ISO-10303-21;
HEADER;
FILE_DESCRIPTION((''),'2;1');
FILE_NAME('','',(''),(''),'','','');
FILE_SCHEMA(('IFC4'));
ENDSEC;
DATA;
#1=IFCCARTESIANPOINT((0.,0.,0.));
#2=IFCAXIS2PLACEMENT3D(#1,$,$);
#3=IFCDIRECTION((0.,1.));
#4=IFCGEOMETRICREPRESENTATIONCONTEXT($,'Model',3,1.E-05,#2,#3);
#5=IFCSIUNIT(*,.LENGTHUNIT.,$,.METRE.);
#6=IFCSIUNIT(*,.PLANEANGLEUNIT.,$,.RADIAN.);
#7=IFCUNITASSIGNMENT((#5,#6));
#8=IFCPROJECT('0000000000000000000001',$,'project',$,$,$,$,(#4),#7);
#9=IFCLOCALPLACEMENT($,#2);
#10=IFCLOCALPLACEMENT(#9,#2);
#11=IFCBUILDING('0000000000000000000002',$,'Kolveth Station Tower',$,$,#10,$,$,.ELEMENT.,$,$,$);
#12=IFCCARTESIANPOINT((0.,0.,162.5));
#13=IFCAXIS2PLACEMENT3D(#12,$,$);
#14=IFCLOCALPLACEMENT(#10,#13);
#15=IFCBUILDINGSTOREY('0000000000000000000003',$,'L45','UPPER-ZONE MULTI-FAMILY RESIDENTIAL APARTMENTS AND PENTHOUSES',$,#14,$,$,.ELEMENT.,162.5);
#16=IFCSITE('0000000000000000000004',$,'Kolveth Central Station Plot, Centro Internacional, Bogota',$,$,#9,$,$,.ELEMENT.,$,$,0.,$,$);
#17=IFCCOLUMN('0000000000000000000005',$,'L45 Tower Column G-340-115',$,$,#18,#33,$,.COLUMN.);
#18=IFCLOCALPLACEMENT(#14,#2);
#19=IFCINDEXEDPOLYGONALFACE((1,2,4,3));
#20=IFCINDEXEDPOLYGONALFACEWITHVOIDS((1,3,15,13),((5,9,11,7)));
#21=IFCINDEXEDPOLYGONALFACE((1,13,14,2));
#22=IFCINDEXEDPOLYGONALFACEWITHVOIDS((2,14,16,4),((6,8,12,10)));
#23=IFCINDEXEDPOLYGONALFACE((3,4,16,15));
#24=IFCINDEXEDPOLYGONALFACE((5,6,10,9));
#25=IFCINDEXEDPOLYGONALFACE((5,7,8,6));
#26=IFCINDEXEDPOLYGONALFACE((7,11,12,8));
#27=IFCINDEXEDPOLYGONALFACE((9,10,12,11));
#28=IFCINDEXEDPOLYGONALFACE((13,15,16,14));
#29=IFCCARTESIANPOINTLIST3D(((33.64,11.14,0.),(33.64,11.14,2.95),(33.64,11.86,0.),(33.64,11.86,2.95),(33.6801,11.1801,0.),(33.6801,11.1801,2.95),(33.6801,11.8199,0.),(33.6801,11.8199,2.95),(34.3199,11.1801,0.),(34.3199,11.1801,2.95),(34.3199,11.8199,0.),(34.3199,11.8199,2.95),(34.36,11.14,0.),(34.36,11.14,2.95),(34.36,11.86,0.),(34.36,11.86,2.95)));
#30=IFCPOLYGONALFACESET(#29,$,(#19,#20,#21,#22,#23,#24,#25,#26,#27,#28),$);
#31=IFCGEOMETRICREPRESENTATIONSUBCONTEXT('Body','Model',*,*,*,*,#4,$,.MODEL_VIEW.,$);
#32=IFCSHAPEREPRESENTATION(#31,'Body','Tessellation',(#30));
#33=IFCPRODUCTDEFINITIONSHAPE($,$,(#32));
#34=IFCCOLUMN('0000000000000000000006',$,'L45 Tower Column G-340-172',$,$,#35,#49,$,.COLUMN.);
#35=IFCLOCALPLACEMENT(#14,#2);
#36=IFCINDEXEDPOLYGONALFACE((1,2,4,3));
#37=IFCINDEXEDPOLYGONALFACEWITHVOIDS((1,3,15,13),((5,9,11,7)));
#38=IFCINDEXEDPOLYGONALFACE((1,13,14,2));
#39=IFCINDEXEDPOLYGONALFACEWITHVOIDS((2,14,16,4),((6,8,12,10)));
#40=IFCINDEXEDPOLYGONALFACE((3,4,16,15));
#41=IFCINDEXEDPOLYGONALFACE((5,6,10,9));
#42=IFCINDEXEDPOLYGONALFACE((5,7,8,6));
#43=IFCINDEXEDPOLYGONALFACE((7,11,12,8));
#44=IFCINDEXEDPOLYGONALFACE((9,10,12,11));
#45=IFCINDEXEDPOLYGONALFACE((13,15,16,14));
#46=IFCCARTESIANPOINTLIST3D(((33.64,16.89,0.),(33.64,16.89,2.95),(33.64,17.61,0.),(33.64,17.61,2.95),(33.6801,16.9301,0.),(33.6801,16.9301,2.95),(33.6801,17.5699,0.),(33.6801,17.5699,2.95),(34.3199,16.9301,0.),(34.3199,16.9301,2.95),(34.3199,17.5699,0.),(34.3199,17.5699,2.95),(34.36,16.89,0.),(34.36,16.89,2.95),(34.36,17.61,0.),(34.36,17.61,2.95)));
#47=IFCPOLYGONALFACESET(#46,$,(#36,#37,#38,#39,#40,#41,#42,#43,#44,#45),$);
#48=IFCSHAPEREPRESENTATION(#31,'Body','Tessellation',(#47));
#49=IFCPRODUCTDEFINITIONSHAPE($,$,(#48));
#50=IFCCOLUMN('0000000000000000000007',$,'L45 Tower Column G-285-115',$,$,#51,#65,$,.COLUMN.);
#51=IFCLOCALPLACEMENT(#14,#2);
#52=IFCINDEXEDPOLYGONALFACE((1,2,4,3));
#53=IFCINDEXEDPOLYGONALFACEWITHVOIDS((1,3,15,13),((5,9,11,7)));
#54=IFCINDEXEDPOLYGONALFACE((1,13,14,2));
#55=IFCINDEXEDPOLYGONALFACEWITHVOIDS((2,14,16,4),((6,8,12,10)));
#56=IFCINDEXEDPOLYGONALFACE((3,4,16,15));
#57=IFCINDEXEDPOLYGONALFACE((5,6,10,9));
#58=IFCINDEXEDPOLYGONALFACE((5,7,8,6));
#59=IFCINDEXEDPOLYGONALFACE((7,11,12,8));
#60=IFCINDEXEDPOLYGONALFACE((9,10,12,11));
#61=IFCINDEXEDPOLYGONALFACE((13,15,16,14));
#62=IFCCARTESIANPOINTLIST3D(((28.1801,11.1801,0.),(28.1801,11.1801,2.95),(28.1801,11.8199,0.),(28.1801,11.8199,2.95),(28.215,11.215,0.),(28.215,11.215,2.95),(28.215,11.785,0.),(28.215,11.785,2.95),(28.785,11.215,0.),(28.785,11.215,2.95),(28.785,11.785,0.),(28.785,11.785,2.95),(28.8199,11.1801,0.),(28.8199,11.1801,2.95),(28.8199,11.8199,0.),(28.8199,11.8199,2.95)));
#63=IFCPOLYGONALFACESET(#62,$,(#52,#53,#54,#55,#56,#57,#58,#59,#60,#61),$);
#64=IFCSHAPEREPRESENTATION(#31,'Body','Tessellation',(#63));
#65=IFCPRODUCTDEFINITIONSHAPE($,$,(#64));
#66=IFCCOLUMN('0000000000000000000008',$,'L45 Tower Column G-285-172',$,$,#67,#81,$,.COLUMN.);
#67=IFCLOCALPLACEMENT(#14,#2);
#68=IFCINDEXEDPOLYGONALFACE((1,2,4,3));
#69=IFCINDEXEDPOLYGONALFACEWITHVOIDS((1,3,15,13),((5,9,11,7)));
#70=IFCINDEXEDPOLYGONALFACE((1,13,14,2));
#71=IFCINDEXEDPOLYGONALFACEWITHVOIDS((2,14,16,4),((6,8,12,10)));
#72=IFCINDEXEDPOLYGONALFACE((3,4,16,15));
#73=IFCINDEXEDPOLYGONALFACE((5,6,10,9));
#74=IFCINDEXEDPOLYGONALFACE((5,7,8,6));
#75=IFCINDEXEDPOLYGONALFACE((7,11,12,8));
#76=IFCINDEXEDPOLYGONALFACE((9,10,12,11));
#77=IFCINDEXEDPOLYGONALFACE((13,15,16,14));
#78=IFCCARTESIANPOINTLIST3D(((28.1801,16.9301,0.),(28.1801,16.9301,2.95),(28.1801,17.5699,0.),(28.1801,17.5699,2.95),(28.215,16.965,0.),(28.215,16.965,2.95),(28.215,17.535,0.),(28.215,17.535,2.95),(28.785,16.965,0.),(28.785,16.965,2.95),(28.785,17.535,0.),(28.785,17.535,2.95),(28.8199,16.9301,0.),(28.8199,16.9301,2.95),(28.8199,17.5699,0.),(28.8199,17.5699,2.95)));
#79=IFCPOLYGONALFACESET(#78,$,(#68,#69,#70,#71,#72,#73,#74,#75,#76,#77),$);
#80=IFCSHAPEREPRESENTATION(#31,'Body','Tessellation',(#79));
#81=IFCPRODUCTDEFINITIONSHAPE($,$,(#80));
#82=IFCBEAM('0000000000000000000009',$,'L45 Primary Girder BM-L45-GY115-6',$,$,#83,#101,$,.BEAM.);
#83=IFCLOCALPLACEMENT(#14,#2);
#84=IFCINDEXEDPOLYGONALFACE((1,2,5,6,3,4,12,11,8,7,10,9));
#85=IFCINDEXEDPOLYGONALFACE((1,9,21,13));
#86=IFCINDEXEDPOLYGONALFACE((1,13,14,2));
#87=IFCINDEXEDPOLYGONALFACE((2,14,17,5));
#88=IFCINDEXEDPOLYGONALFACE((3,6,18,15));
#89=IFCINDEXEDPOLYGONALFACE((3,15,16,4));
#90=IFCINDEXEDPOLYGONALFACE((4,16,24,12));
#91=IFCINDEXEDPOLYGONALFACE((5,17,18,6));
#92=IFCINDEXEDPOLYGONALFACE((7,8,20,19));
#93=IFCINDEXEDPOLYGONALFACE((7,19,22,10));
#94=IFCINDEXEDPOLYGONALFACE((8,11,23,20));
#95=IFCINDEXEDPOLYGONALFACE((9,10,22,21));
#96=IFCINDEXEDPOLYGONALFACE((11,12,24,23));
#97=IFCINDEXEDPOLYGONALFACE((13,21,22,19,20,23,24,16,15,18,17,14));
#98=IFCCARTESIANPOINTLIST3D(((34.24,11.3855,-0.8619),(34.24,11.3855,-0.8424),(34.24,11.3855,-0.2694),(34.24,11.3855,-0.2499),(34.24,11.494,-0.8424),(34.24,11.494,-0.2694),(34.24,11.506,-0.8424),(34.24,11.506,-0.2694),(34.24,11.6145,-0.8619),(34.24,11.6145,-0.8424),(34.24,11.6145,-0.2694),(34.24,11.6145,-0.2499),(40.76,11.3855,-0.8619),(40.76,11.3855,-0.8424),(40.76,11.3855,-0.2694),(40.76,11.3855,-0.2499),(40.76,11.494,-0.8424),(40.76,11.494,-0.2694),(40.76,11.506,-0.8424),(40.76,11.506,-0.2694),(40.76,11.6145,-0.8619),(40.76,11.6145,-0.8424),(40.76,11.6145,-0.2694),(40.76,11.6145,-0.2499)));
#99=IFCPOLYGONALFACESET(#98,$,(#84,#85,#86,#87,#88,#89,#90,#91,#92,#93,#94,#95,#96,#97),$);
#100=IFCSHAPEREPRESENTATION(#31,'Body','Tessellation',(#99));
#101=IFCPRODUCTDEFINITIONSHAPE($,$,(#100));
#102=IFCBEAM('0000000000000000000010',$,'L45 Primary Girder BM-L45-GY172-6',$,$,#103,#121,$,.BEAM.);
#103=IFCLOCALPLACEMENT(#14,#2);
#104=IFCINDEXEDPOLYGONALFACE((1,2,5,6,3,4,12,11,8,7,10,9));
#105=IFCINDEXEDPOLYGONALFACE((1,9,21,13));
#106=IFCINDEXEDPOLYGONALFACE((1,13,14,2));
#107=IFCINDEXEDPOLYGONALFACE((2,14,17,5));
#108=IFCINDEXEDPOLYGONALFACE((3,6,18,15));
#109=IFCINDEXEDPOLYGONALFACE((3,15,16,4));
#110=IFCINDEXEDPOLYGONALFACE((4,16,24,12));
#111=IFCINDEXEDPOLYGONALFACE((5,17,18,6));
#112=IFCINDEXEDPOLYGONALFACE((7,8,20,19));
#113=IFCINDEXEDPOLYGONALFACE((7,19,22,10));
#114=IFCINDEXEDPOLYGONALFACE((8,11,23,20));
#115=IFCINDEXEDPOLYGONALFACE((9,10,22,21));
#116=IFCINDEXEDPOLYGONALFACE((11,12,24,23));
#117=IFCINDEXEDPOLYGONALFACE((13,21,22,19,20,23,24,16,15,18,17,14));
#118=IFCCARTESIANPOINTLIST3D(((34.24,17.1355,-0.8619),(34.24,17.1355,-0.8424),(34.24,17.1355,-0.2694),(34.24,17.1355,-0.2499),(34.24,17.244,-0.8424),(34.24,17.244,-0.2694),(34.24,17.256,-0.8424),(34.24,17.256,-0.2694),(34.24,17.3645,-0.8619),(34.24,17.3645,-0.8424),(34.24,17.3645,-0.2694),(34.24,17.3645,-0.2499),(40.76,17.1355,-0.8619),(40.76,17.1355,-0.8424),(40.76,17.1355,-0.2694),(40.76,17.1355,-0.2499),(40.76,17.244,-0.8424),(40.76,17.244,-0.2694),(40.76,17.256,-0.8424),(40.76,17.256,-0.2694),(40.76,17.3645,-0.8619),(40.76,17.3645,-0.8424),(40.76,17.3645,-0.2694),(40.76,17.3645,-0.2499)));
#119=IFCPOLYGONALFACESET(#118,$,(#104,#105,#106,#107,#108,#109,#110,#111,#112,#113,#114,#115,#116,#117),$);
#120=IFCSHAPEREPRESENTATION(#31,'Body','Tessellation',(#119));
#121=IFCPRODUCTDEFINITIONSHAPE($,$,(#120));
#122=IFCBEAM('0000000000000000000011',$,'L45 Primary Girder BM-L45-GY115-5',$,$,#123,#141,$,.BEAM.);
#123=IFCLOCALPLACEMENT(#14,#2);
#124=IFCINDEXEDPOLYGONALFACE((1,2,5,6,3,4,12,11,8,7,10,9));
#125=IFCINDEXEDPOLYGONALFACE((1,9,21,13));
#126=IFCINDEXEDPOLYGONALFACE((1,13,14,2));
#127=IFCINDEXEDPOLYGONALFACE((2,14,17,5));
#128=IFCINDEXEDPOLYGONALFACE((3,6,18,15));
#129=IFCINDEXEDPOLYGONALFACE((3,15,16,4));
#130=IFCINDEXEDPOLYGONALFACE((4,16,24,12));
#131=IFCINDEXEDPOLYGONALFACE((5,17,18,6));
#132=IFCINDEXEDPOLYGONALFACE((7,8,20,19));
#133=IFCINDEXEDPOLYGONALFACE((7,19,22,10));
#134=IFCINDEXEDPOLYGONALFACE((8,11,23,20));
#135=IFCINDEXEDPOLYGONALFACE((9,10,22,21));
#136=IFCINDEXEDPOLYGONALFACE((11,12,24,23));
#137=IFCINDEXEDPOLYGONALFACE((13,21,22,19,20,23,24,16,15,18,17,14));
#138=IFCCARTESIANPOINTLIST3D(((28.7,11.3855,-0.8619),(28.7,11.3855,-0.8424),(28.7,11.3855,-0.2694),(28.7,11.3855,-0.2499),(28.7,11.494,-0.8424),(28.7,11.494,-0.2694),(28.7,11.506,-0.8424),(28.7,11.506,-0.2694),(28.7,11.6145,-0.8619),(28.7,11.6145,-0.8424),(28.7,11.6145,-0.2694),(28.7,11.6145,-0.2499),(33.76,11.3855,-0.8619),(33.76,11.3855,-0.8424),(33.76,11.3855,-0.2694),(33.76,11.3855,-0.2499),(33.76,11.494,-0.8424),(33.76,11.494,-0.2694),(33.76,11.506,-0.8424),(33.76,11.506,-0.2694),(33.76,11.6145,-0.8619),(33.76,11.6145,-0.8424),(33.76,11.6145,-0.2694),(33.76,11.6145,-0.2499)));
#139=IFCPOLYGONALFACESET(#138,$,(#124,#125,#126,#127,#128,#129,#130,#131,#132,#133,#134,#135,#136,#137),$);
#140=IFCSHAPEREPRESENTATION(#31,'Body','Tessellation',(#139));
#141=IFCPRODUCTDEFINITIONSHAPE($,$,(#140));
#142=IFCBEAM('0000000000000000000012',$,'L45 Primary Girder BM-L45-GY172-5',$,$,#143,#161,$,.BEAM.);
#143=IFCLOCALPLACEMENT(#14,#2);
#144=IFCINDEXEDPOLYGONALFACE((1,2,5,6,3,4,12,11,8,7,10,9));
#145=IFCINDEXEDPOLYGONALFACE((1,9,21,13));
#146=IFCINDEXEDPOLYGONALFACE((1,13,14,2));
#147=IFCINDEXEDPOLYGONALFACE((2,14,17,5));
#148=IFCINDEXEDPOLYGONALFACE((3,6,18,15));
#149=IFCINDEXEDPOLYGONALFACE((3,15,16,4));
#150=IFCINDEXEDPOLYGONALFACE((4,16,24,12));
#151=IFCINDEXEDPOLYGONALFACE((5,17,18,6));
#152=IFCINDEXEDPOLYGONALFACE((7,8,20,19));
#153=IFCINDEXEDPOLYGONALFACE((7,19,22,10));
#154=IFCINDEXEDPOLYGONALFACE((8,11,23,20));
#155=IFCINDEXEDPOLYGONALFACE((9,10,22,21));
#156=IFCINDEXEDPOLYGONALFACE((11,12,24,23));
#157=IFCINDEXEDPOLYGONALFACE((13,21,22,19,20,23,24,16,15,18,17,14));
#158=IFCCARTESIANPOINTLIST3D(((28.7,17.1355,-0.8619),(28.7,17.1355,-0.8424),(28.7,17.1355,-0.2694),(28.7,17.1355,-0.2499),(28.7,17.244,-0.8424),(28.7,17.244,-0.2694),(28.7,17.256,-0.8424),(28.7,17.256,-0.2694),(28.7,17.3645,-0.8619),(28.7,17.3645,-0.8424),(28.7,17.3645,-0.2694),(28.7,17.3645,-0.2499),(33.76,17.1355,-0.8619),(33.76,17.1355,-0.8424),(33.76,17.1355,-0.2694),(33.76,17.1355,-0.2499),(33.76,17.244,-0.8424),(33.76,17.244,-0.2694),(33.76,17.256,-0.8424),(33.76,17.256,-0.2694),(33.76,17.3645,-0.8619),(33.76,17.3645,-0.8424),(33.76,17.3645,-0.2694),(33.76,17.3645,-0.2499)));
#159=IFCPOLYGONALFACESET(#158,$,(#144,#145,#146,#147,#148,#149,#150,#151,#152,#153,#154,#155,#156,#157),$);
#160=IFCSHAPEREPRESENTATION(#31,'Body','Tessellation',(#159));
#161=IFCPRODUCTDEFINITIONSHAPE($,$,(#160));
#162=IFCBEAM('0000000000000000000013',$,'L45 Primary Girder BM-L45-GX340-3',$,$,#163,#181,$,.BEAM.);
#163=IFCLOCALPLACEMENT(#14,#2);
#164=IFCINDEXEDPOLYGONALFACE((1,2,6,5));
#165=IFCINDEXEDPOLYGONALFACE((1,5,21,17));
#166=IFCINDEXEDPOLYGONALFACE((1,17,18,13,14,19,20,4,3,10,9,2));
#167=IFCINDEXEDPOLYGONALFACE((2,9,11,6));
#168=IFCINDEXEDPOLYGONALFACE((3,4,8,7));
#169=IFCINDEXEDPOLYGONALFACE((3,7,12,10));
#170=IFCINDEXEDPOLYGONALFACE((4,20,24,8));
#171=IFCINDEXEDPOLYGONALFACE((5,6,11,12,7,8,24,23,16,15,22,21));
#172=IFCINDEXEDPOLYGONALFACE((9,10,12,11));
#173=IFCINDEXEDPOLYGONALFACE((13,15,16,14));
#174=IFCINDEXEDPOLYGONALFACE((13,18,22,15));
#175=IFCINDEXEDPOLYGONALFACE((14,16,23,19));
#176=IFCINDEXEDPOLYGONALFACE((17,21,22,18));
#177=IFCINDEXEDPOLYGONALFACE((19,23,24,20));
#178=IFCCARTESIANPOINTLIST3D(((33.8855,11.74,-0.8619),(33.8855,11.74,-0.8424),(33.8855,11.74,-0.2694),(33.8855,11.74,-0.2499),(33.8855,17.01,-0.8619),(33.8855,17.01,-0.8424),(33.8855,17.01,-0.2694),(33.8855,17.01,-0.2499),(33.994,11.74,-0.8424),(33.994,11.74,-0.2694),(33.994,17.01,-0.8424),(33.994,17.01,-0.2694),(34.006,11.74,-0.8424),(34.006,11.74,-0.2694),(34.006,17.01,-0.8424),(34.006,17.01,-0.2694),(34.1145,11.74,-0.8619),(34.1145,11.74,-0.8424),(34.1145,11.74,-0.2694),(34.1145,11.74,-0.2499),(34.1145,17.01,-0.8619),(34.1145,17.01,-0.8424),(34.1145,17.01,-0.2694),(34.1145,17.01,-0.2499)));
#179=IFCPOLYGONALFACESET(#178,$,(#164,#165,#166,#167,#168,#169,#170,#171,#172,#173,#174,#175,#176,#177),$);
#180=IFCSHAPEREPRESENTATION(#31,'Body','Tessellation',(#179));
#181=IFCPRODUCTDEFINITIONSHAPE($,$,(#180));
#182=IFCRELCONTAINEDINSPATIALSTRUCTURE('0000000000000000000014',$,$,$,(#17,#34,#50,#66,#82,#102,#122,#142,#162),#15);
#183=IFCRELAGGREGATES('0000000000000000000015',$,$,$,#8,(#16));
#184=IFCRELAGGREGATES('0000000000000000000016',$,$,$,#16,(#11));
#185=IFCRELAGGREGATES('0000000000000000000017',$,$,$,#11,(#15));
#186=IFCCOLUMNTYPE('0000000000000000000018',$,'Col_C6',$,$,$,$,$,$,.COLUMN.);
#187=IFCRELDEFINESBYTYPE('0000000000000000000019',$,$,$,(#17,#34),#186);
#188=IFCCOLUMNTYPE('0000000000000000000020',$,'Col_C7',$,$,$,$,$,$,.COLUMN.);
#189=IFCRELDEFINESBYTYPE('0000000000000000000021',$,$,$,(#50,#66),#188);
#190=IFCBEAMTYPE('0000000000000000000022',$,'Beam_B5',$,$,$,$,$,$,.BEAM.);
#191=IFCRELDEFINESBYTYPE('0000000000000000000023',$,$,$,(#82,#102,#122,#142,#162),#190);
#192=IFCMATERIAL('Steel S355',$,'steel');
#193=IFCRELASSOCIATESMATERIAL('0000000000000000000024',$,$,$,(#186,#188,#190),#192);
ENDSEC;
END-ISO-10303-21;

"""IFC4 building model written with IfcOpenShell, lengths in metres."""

from ifc_helpers import new_model, si_unit, direction, frame, origin, origin_2d, place, context, subcontext, project, spatial, hollow_rectangle, i_section, extrude, source, transform, mapped, material, material_profile, profile_set, type_object, element, save


model = new_model("IFC4")

# Units and contexts
model_context = context("Model", 3, precision=1e-05, world=origin(), true_north=direction((0.0, 1.0)))
body_context = subcontext(model_context, "Body", "Model", "MODEL_VIEW")
ifc_project = project(units=[si_unit("LENGTHUNIT", "METRE"), si_unit("PLANEANGLEUNIT", "RADIAN")], contexts=[model_context])

# Site, building, storey
site_placement = place(None, origin())
site = spatial("IfcSite", under=ifc_project, at=site_placement, Name="Kolveth Central Station Plot, Centro Internacional, Bogota", CompositionType="ELEMENT", RefElevation=0.0)
building_placement = place(site_placement, origin())
building = spatial("IfcBuilding", under=site, at=building_placement, Name="Kolveth Station Tower", CompositionType="ELEMENT")
storey_placement = place(building_placement, frame((0.0, 0.0, 162.5)))
storey = spatial("IfcBuildingStorey", under=building, at=storey_placement, Name="L45", Description="UPPER-ZONE MULTI-FAMILY RESIDENTIAL APARTMENTS AND PENTHOUSES", CompositionType="ELEMENT", Elevation=162.5)

# Columns
ifc_material_1 = material(Name="Steel S355", Category="steel")
ifc_material_profile_1 = material_profile(ifc_material_1, hollow_rectangle(XDim=0.72, YDim=0.72, WallThickness=0.04, at=origin_2d()), Name="BOX720x720x40")
ifc_profile_set_1 = profile_set([ifc_material_profile_1], Name="Steel S355")
column_type_1 = type_object("IfcColumnType", Name="Col_C6", PredefinedType="COLUMN", material=ifc_profile_set_1)
shared_shape_1 = source(origin(), body_context, "Body", "SweptSolid", [
    extrude(hollow_rectangle(XDim=0.72, YDim=0.72, WallThickness=0.04, at=origin_2d()), origin(), (0.0, 0.0, 1.0), 2.95),
])
for number, where, z_axis, x_axis, name in (
    (1, (34.0, 11.5, 0.0), (0.0, 0.0, 1.0), (1.0, 0.0, 0.0), "L45 Tower Column G-340-115"),
    (2, (34.0, 17.25, 0.0), (0.0, 0.0, 1.0), (1.0, 0.0, 0.0), "L45 Tower Column G-340-172"),
):
    element("IfcColumn", number, at=place(storey_placement, frame(where, z_axis=z_axis, x_axis=x_axis)), inside=storey, type_object=column_type_1, Name=name, PredefinedType="COLUMN", context=body_context, shape_type="MappedRepresentation", body=[
        mapped(shared_shape_1, transform((0.0, 0.0, 0.0), x_axis=(1.0, 0.0, 0.0), y_axis=(0.0, 1.0, 0.0), z_axis=(0.0, 0.0, 1.0), scale=1.0)),
    ])
ifc_material_profile_2 = material_profile(ifc_material_1, hollow_rectangle(XDim=0.6399, YDim=0.6399, WallThickness=0.0349, at=origin_2d()), Name="BOX640x640x35")
ifc_profile_set_2 = profile_set([ifc_material_profile_2], Name="Steel S355")
column_type_2 = type_object("IfcColumnType", Name="Col_C7", PredefinedType="COLUMN", material=ifc_profile_set_2)
shared_shape_2 = source(origin(), body_context, "Body", "SweptSolid", [
    extrude(hollow_rectangle(XDim=0.6399, YDim=0.6399, WallThickness=0.0349, at=origin_2d()), origin(), (0.0, 0.0, 1.0), 2.95),
])
for number, where, z_axis, x_axis, name in (
    (3, (28.5, 11.5, 0.0), (0.0, 0.0, 1.0), (1.0, 0.0, 0.0), "L45 Tower Column G-285-115"),
    (4, (28.5, 17.25, 0.0), (0.0, 0.0, 1.0), (1.0, 0.0, 0.0), "L45 Tower Column G-285-172"),
):
    element("IfcColumn", number, at=place(storey_placement, frame(where, z_axis=z_axis, x_axis=x_axis)), inside=storey, type_object=column_type_2, Name=name, PredefinedType="COLUMN", context=body_context, shape_type="MappedRepresentation", body=[
        mapped(shared_shape_2, transform((0.0, 0.0, 0.0), x_axis=(1.0, 0.0, 0.0), y_axis=(0.0, 1.0, 0.0), z_axis=(0.0, 0.0, 1.0), scale=1.0)),
    ])

# Beams
ifc_material_profile_3 = material_profile(ifc_material_1, i_section(OverallWidth=0.229, OverallDepth=0.6121, WebThickness=0.012, FlangeThickness=0.0195, at=origin_2d()), Name="W610x125")
ifc_profile_set_3 = profile_set([ifc_material_profile_3], Name="Steel S355")
beam_type_1 = type_object("IfcBeamType", Name="Beam_B5", PredefinedType="BEAM", material=ifc_profile_set_3)
shared_shape_3 = source(origin(), body_context, "Body", "SweptSolid", [
    extrude(i_section(OverallWidth=0.229, OverallDepth=0.6121, WebThickness=0.012, FlangeThickness=0.0195, at=origin_2d()), origin(), (0.0, 0.0, 1.0), 6.52),
])
for number, where, z_axis, x_axis, name in (
    (5, (34.24, 11.5, -0.5559), (1.0, 0.0, 0.0), (0.0, 1.0, 0.0), "L45 Primary Girder BM-L45-GY115-6"),
    (6, (34.24, 17.25, -0.5559), (1.0, 0.0, 0.0), (0.0, 1.0, 0.0), "L45 Primary Girder BM-L45-GY172-6"),
):
    element("IfcBeam", number, at=place(storey_placement, frame(where, z_axis=z_axis, x_axis=x_axis)), inside=storey, type_object=beam_type_1, Name=name, PredefinedType="BEAM", context=body_context, shape_type="MappedRepresentation", body=[
        mapped(shared_shape_3, transform((0.0, 0.0, 0.0), x_axis=(1.0, 0.0, 0.0), y_axis=(0.0, 1.0, 0.0), z_axis=(0.0, 0.0, 1.0), scale=1.0)),
    ])
shared_shape_4 = source(origin(), body_context, "Body", "SweptSolid", [
    extrude(i_section(OverallWidth=0.229, OverallDepth=0.6121, WebThickness=0.012, FlangeThickness=0.0195, at=origin_2d()), origin(), (0.0, 0.0, 1.0), 5.0601),
])
for number, where, z_axis, x_axis, name in (
    (7, (28.7, 11.5, -0.5559), (1.0, 0.0, 0.0), (0.0, 1.0, 0.0), "L45 Primary Girder BM-L45-GY115-5"),
    (8, (28.7, 17.25, -0.5559), (1.0, 0.0, 0.0), (0.0, 1.0, 0.0), "L45 Primary Girder BM-L45-GY172-5"),
):
    element("IfcBeam", number, at=place(storey_placement, frame(where, z_axis=z_axis, x_axis=x_axis)), inside=storey, type_object=beam_type_1, Name=name, PredefinedType="BEAM", context=body_context, shape_type="MappedRepresentation", body=[
        mapped(shared_shape_4, transform((0.0, 0.0, 0.0), x_axis=(1.0, 0.0, 0.0), y_axis=(0.0, 1.0, 0.0), z_axis=(0.0, 0.0, 1.0), scale=1.0)),
    ])
shared_shape_5 = source(origin(), body_context, "Body", "SweptSolid", [
    extrude(i_section(OverallWidth=0.229, OverallDepth=0.6121, WebThickness=0.012, FlangeThickness=0.0195, at=origin_2d()), origin(), (0.0, 0.0, 1.0), 5.27),
])
for number, where, z_axis, x_axis, name in (
    (9, (34.0, 11.74, -0.5559), (0.0, 1.0, 0.0), (-1.0, 0.0, 0.0), "L45 Primary Girder BM-L45-GX340-3"),
):
    element("IfcBeam", number, at=place(storey_placement, frame(where, z_axis=z_axis, x_axis=x_axis)), inside=storey, type_object=beam_type_1, Name=name, PredefinedType="BEAM", context=body_context, shape_type="MappedRepresentation", body=[
        mapped(shared_shape_5, transform((0.0, 0.0, 0.0), x_axis=(1.0, 0.0, 0.0), y_axis=(0.0, 1.0, 0.0), z_axis=(0.0, 0.0, 1.0), scale=1.0)),
    ])

save(model, "model.ifc")
